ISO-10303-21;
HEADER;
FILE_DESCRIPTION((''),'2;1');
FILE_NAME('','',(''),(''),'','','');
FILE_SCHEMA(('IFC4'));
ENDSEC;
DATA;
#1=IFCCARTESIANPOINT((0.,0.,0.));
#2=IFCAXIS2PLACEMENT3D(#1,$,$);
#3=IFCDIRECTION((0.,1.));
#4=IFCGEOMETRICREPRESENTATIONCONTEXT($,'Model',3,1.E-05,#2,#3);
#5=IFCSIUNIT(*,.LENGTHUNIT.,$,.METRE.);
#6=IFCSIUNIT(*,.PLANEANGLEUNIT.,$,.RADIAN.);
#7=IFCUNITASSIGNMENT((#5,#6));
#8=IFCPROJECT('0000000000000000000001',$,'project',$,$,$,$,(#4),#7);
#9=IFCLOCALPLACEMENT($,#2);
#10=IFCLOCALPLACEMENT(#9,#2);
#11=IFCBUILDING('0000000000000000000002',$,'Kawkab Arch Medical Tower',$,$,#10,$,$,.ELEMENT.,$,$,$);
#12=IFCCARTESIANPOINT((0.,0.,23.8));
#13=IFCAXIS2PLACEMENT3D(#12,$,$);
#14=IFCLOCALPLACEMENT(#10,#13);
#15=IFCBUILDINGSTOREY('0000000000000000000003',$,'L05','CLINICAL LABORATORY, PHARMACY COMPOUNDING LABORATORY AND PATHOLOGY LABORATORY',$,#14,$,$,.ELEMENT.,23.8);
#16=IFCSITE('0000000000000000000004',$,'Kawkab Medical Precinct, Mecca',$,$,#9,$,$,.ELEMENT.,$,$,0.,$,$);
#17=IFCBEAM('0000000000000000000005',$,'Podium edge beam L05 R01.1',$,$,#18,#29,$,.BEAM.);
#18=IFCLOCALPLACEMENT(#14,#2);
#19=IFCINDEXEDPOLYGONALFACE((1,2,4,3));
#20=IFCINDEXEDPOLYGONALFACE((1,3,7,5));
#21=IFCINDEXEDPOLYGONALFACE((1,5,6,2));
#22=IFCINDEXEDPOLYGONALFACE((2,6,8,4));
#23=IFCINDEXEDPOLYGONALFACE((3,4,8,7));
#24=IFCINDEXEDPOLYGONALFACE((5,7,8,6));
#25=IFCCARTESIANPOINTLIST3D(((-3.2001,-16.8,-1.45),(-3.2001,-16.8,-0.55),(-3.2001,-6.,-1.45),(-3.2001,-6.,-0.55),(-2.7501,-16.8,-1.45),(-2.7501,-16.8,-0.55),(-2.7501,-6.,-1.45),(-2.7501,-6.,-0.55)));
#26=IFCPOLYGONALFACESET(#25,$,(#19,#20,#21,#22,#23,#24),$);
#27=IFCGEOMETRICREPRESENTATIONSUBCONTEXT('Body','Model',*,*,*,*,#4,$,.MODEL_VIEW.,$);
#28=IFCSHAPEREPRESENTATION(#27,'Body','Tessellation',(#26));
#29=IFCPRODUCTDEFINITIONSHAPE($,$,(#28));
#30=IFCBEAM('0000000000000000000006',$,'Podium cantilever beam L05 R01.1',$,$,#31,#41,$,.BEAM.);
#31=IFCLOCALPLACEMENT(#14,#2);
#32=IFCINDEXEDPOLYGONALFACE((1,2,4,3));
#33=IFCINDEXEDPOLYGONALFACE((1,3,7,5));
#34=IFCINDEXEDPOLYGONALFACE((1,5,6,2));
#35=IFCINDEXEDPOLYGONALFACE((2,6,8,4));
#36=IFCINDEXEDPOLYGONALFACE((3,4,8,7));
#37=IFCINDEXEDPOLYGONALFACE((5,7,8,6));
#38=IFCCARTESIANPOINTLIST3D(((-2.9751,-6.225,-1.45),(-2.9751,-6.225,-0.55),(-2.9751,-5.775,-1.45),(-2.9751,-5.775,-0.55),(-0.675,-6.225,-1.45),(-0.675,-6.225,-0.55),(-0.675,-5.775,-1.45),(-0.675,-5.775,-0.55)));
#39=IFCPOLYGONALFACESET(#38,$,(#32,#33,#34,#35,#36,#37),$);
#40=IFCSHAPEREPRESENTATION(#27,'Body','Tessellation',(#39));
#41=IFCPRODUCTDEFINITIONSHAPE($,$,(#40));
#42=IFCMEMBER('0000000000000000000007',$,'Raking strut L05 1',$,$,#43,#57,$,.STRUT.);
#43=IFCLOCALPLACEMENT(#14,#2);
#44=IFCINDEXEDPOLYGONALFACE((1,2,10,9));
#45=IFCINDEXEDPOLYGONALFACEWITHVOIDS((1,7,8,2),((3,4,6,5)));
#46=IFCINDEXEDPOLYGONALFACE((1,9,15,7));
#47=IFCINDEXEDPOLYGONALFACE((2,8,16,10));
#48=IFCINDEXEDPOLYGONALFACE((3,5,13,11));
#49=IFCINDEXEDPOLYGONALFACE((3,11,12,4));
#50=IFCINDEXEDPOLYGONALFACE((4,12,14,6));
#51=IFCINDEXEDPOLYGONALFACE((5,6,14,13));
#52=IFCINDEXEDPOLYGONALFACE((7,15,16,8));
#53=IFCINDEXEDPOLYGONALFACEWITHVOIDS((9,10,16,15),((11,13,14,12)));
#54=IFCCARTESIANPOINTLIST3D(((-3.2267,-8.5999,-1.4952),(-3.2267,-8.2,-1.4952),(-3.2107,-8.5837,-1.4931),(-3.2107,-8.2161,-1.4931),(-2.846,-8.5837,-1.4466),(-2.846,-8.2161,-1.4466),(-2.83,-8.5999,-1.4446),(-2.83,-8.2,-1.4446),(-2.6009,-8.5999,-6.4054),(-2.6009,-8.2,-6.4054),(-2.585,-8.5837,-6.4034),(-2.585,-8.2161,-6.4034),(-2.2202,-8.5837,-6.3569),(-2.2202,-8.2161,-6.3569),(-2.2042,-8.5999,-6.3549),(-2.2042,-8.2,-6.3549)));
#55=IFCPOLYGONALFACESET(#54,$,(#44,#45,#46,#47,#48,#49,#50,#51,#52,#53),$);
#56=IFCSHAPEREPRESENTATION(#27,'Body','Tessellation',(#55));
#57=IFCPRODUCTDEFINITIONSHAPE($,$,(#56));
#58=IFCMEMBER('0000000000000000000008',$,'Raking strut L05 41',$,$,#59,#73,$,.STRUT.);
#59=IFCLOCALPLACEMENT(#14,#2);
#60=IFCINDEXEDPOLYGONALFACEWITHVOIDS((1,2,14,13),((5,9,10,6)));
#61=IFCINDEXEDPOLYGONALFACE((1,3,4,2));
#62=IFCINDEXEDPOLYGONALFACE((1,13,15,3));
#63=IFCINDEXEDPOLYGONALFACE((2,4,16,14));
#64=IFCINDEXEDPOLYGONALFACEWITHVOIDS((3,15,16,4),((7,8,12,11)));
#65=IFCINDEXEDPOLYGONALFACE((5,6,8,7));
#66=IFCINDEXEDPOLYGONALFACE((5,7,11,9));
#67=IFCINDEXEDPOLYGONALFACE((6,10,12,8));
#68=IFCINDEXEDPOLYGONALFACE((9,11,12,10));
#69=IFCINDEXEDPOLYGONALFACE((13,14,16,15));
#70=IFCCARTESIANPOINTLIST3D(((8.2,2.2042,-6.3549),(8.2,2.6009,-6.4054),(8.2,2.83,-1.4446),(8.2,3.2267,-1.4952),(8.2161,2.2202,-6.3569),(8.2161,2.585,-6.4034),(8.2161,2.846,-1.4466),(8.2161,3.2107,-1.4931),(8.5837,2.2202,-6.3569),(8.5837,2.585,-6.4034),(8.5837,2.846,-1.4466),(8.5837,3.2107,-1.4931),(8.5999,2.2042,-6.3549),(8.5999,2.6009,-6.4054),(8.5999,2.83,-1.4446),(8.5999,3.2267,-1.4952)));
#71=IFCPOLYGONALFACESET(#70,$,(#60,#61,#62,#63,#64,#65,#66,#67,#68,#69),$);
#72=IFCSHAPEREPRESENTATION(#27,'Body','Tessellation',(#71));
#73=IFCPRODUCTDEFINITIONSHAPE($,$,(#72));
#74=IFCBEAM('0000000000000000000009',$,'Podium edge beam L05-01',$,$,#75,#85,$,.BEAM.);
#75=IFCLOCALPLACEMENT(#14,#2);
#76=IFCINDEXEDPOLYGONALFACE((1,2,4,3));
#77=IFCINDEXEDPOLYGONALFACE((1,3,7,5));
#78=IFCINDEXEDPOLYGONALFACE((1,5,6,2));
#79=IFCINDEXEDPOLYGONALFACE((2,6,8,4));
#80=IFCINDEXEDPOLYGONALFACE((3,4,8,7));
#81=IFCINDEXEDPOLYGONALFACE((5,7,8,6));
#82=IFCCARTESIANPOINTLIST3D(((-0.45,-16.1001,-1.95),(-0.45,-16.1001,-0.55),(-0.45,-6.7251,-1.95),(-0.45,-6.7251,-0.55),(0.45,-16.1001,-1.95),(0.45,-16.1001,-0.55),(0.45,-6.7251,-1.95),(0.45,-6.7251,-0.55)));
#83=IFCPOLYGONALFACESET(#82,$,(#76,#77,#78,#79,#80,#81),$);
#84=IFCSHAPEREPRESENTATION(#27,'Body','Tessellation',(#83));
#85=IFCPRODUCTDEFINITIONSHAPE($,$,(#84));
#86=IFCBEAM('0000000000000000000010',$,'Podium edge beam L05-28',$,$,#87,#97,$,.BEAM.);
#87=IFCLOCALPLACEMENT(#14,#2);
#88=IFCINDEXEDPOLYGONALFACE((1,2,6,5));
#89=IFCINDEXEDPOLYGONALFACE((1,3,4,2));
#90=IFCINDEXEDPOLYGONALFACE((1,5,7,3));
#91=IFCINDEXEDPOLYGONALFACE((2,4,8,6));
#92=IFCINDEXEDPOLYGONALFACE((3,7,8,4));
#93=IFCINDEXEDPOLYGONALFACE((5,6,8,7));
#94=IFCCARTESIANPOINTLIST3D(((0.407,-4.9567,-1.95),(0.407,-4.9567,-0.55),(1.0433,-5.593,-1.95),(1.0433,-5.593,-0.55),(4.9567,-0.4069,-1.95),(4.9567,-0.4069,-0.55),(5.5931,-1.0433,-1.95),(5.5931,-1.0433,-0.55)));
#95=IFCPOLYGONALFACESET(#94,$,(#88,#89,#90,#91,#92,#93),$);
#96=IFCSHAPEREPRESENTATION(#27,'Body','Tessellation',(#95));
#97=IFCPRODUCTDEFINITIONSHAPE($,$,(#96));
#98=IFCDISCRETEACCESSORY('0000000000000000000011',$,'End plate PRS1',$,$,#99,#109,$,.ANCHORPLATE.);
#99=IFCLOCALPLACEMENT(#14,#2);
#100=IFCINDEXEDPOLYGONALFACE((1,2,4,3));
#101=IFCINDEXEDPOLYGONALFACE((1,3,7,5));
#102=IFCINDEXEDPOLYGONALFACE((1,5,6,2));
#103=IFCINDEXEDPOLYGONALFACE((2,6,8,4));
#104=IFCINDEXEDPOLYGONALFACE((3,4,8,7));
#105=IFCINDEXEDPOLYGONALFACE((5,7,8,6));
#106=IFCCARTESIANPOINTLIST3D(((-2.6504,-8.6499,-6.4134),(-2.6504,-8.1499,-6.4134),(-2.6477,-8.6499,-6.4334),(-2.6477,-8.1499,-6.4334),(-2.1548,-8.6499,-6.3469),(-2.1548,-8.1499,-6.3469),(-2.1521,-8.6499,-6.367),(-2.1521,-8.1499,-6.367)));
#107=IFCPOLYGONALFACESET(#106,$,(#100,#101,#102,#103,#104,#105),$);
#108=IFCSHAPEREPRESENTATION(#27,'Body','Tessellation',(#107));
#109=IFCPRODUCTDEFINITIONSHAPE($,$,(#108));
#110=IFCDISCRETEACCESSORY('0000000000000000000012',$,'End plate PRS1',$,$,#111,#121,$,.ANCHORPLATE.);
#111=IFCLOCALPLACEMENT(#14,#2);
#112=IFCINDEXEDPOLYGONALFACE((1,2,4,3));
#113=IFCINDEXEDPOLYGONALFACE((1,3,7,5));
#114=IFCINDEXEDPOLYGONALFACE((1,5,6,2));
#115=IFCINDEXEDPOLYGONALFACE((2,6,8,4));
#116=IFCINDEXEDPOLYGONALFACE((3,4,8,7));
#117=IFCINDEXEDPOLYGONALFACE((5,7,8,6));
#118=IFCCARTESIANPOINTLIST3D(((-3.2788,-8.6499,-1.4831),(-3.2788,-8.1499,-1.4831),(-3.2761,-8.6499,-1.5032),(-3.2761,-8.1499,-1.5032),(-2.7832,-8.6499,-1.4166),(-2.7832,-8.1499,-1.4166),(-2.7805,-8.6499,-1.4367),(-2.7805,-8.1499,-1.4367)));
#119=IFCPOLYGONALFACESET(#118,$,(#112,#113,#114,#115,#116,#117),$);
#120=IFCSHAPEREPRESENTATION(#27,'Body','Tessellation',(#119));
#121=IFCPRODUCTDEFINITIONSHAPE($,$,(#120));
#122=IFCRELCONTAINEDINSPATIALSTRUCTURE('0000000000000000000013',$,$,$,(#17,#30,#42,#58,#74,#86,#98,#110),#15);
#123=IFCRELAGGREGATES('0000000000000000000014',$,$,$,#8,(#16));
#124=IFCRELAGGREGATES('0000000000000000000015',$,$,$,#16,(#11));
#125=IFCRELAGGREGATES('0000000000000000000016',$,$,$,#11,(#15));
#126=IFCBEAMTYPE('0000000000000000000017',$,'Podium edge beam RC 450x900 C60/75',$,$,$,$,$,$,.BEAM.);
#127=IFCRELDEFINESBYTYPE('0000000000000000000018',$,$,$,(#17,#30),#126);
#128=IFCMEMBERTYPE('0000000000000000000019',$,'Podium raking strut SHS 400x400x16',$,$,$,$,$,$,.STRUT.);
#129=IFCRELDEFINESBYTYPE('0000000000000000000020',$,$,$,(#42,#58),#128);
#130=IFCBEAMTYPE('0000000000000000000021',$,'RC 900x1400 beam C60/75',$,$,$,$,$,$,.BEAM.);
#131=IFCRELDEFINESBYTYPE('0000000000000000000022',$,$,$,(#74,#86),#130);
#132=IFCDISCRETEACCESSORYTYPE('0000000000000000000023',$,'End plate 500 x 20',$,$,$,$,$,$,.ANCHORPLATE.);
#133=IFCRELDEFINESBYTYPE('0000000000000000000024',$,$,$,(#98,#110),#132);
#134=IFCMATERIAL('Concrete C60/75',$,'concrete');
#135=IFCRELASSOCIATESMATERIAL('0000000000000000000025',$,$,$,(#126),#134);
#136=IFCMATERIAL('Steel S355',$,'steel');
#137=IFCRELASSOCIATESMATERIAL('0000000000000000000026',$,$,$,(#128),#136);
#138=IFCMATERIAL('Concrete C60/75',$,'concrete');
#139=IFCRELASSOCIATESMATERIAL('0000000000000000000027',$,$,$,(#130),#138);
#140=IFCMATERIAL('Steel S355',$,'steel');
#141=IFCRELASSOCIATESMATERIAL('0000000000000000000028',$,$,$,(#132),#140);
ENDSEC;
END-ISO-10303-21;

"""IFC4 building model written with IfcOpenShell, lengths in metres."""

from ifc_helpers import new_model, si_unit, direction, frame, origin, origin_2d, place, context, subcontext, project, spatial, rectangle, hollow_rectangle, extrude, material, material_profile, profile_set, type_object, element, save


model = new_model("IFC4")

# Units and contexts
model_context = context("Model", 3, precision=1e-05, world=origin(), true_north=direction((0.0, 1.0)))
body_context = subcontext(model_context, "Body", "Model", "MODEL_VIEW")
ifc_project = project(units=[si_unit("LENGTHUNIT", "METRE"), si_unit("PLANEANGLEUNIT", "RADIAN")], contexts=[model_context])

# Site, building, storey
site_placement = place(None, origin())
site = spatial("IfcSite", under=ifc_project, at=site_placement, Name="Kawkab Medical Precinct, Mecca", CompositionType="ELEMENT", RefElevation=0.0)
building_placement = place(site_placement, origin())
building = spatial("IfcBuilding", under=site, at=building_placement, Name="Kawkab Arch Medical Tower", CompositionType="ELEMENT")
storey_placement = place(building_placement, frame((0.0, 0.0, 23.8)))
storey = spatial("IfcBuildingStorey", under=building, at=storey_placement, Name="L05", Description="CLINICAL LABORATORY, PHARMACY COMPOUNDING LABORATORY AND PATHOLOGY LABORATORY", CompositionType="ELEMENT", Elevation=23.8)

# Beams
ifc_material_1 = material(Name="Concrete C60/75", Category="concrete")
ifc_material_profile_1 = material_profile(ifc_material_1, rectangle(XDim=0.45, YDim=0.8999, at=origin_2d()), Name="RC 450x900")
ifc_profile_set_1 = profile_set([ifc_material_profile_1], Name="Concrete C60/75")
beam_type_1 = type_object("IfcBeamType", Name="Podium edge beam RC 450x900 C60/75", PredefinedType="BEAM", material=ifc_profile_set_1)
beam_1_placement = place(storey_placement, frame((-2.9751, -6.0, -1.0), z_axis=(0.0, -1.0, 0.0), x_axis=(1.0, 0.0, 0.0)))
element("IfcBeam", 1, at=beam_1_placement, inside=storey, type_object=beam_type_1, Name="Podium edge beam L05 R01.1", PredefinedType="BEAM", context=body_context, shape_type="SweptSolid", body=[
    extrude(rectangle(XDim=0.45, YDim=0.8999, at=origin_2d()), origin(), (0.0, 0.0, 1.0), 10.8),
])
beam_2_placement = place(storey_placement, frame((-0.675, -6.0, -1.0), z_axis=(-1.0, 0.0, 0.0), x_axis=(0.0, -1.0, 0.0)))
element("IfcBeam", 2, at=beam_2_placement, inside=storey, type_object=beam_type_1, Name="Podium cantilever beam L05 R01.1", PredefinedType="BEAM", context=body_context, shape_type="SweptSolid", body=[
    extrude(rectangle(XDim=0.45, YDim=0.8999, at=origin_2d()), origin(), (0.0, 0.0, 1.0), 2.3),
])

# Members
ifc_material_2 = material(Name="Steel S355", Category="steel")
ifc_material_profile_2 = material_profile(ifc_material_2, hollow_rectangle(XDim=0.3999, YDim=0.3999, WallThickness=0.0161, at=origin_2d()), Name="SHS 400x400x16")
ifc_profile_set_2 = profile_set([ifc_material_profile_2], Name="Steel S355")
member_type = type_object("IfcMemberType", Name="Podium raking strut SHS 400x400x16", PredefinedType="STRUT", material=ifc_profile_set_2)
for number, where, z_axis, x_axis, name in (
    (3, (-2.4026, -8.3999, -6.3801), (-0.126414, 0.0, 0.991978), (0.0, -1.0, 0.0), "Raking strut L05 1"),
    (4, (8.3999, 2.4026, -6.3801), (0.0, 0.126414, 0.991978), (-1.0, 0.0, 0.0), "Raking strut L05 41"),
):
    element("IfcMember", number, at=place(storey_placement, frame(where, z_axis=z_axis, x_axis=x_axis)), inside=storey, type_object=member_type, Name=name, PredefinedType="STRUT", context=body_context, shape_type="SweptSolid", body=[
        extrude(hollow_rectangle(XDim=0.3999, YDim=0.3999, WallThickness=0.0161, at=origin_2d()), origin(), (0.0, 0.0, 1.0), 4.95),
    ])

# Beams
ifc_material_3 = material(Name="Concrete C60/75", Category="concrete")
ifc_material_profile_3 = material_profile(ifc_material_3, rectangle(XDim=0.8999, YDim=1.3999, at=origin_2d()), Name="RC 900x1400")
ifc_profile_set_3 = profile_set([ifc_material_profile_3], Name="Concrete C60/75")
beam_type_2 = type_object("IfcBeamType", Name="RC 900x1400 beam C60/75", PredefinedType="BEAM", material=ifc_profile_set_3)
beam_3_placement = place(storey_placement, frame((0.0, -6.7251, -1.25), z_axis=(0.0, -1.0, 0.0), x_axis=(1.0, 0.0, 0.0)))
element("IfcBeam", 5, at=beam_3_placement, inside=storey, type_object=beam_type_2, Name="Podium edge beam L05-01", PredefinedType="BEAM", context=body_context, shape_type="SweptSolid", body=[
    extrude(rectangle(XDim=0.8999, YDim=1.3999, at=origin_2d()), origin(), (0.0, 0.0, 1.0), 9.375),
])
beam_4_placement = place(storey_placement, frame((5.2749, -0.7251, -1.25), z_axis=(-0.707107, -0.707107, 0.0), x_axis=(0.707107, -0.707107, 0.0)))
element("IfcBeam", 6, at=beam_4_placement, inside=storey, type_object=beam_type_2, Name="Podium edge beam L05-28", PredefinedType="BEAM", context=body_context, shape_type="SweptSolid", body=[
    extrude(rectangle(XDim=0.8999, YDim=1.3999, at=origin_2d()), origin(), (0.0, 0.0, 1.0), 6.4343),
])

# Discrete accessories
ifc_material_4 = material(Name="Steel S355", Category="steel")
ifc_material_profile_4 = material_profile(ifc_material_4, rectangle(XDim=0.5, YDim=0.5, at=origin_2d()), Name="End plate 500 x 20")
ifc_profile_set_4 = profile_set([ifc_material_profile_4], Name="Steel S355")
discrete_accessory_type = type_object("IfcDiscreteAccessoryType", Name="End plate 500 x 20", PredefinedType="ANCHORPLATE", material=ifc_profile_set_4)
for number, where, z_axis, x_axis, name in (
    (7, (-2.4026, -8.3999, -6.3801), (0.132955, 0.0, -0.991122), (0.0, 1.0, 0.0), "End plate PRS1"),
    (8, (-3.0283, -8.3999, -1.47), (-0.132955, 0.0, 0.991122), (0.0, -1.0, 0.0), "End plate PRS1"),
):
    element("IfcDiscreteAccessory", number, at=place(storey_placement, frame(where, z_axis=z_axis, x_axis=x_axis)), inside=storey, type_object=discrete_accessory_type, Name=name, PredefinedType="ANCHORPLATE", context=body_context, shape_type="SweptSolid", body=[
        extrude(rectangle(XDim=0.5, YDim=0.5, at=origin_2d()), origin(), (0.0, 0.0, 1.0), 0.0203),
    ])

save(model, "model.ifc")
